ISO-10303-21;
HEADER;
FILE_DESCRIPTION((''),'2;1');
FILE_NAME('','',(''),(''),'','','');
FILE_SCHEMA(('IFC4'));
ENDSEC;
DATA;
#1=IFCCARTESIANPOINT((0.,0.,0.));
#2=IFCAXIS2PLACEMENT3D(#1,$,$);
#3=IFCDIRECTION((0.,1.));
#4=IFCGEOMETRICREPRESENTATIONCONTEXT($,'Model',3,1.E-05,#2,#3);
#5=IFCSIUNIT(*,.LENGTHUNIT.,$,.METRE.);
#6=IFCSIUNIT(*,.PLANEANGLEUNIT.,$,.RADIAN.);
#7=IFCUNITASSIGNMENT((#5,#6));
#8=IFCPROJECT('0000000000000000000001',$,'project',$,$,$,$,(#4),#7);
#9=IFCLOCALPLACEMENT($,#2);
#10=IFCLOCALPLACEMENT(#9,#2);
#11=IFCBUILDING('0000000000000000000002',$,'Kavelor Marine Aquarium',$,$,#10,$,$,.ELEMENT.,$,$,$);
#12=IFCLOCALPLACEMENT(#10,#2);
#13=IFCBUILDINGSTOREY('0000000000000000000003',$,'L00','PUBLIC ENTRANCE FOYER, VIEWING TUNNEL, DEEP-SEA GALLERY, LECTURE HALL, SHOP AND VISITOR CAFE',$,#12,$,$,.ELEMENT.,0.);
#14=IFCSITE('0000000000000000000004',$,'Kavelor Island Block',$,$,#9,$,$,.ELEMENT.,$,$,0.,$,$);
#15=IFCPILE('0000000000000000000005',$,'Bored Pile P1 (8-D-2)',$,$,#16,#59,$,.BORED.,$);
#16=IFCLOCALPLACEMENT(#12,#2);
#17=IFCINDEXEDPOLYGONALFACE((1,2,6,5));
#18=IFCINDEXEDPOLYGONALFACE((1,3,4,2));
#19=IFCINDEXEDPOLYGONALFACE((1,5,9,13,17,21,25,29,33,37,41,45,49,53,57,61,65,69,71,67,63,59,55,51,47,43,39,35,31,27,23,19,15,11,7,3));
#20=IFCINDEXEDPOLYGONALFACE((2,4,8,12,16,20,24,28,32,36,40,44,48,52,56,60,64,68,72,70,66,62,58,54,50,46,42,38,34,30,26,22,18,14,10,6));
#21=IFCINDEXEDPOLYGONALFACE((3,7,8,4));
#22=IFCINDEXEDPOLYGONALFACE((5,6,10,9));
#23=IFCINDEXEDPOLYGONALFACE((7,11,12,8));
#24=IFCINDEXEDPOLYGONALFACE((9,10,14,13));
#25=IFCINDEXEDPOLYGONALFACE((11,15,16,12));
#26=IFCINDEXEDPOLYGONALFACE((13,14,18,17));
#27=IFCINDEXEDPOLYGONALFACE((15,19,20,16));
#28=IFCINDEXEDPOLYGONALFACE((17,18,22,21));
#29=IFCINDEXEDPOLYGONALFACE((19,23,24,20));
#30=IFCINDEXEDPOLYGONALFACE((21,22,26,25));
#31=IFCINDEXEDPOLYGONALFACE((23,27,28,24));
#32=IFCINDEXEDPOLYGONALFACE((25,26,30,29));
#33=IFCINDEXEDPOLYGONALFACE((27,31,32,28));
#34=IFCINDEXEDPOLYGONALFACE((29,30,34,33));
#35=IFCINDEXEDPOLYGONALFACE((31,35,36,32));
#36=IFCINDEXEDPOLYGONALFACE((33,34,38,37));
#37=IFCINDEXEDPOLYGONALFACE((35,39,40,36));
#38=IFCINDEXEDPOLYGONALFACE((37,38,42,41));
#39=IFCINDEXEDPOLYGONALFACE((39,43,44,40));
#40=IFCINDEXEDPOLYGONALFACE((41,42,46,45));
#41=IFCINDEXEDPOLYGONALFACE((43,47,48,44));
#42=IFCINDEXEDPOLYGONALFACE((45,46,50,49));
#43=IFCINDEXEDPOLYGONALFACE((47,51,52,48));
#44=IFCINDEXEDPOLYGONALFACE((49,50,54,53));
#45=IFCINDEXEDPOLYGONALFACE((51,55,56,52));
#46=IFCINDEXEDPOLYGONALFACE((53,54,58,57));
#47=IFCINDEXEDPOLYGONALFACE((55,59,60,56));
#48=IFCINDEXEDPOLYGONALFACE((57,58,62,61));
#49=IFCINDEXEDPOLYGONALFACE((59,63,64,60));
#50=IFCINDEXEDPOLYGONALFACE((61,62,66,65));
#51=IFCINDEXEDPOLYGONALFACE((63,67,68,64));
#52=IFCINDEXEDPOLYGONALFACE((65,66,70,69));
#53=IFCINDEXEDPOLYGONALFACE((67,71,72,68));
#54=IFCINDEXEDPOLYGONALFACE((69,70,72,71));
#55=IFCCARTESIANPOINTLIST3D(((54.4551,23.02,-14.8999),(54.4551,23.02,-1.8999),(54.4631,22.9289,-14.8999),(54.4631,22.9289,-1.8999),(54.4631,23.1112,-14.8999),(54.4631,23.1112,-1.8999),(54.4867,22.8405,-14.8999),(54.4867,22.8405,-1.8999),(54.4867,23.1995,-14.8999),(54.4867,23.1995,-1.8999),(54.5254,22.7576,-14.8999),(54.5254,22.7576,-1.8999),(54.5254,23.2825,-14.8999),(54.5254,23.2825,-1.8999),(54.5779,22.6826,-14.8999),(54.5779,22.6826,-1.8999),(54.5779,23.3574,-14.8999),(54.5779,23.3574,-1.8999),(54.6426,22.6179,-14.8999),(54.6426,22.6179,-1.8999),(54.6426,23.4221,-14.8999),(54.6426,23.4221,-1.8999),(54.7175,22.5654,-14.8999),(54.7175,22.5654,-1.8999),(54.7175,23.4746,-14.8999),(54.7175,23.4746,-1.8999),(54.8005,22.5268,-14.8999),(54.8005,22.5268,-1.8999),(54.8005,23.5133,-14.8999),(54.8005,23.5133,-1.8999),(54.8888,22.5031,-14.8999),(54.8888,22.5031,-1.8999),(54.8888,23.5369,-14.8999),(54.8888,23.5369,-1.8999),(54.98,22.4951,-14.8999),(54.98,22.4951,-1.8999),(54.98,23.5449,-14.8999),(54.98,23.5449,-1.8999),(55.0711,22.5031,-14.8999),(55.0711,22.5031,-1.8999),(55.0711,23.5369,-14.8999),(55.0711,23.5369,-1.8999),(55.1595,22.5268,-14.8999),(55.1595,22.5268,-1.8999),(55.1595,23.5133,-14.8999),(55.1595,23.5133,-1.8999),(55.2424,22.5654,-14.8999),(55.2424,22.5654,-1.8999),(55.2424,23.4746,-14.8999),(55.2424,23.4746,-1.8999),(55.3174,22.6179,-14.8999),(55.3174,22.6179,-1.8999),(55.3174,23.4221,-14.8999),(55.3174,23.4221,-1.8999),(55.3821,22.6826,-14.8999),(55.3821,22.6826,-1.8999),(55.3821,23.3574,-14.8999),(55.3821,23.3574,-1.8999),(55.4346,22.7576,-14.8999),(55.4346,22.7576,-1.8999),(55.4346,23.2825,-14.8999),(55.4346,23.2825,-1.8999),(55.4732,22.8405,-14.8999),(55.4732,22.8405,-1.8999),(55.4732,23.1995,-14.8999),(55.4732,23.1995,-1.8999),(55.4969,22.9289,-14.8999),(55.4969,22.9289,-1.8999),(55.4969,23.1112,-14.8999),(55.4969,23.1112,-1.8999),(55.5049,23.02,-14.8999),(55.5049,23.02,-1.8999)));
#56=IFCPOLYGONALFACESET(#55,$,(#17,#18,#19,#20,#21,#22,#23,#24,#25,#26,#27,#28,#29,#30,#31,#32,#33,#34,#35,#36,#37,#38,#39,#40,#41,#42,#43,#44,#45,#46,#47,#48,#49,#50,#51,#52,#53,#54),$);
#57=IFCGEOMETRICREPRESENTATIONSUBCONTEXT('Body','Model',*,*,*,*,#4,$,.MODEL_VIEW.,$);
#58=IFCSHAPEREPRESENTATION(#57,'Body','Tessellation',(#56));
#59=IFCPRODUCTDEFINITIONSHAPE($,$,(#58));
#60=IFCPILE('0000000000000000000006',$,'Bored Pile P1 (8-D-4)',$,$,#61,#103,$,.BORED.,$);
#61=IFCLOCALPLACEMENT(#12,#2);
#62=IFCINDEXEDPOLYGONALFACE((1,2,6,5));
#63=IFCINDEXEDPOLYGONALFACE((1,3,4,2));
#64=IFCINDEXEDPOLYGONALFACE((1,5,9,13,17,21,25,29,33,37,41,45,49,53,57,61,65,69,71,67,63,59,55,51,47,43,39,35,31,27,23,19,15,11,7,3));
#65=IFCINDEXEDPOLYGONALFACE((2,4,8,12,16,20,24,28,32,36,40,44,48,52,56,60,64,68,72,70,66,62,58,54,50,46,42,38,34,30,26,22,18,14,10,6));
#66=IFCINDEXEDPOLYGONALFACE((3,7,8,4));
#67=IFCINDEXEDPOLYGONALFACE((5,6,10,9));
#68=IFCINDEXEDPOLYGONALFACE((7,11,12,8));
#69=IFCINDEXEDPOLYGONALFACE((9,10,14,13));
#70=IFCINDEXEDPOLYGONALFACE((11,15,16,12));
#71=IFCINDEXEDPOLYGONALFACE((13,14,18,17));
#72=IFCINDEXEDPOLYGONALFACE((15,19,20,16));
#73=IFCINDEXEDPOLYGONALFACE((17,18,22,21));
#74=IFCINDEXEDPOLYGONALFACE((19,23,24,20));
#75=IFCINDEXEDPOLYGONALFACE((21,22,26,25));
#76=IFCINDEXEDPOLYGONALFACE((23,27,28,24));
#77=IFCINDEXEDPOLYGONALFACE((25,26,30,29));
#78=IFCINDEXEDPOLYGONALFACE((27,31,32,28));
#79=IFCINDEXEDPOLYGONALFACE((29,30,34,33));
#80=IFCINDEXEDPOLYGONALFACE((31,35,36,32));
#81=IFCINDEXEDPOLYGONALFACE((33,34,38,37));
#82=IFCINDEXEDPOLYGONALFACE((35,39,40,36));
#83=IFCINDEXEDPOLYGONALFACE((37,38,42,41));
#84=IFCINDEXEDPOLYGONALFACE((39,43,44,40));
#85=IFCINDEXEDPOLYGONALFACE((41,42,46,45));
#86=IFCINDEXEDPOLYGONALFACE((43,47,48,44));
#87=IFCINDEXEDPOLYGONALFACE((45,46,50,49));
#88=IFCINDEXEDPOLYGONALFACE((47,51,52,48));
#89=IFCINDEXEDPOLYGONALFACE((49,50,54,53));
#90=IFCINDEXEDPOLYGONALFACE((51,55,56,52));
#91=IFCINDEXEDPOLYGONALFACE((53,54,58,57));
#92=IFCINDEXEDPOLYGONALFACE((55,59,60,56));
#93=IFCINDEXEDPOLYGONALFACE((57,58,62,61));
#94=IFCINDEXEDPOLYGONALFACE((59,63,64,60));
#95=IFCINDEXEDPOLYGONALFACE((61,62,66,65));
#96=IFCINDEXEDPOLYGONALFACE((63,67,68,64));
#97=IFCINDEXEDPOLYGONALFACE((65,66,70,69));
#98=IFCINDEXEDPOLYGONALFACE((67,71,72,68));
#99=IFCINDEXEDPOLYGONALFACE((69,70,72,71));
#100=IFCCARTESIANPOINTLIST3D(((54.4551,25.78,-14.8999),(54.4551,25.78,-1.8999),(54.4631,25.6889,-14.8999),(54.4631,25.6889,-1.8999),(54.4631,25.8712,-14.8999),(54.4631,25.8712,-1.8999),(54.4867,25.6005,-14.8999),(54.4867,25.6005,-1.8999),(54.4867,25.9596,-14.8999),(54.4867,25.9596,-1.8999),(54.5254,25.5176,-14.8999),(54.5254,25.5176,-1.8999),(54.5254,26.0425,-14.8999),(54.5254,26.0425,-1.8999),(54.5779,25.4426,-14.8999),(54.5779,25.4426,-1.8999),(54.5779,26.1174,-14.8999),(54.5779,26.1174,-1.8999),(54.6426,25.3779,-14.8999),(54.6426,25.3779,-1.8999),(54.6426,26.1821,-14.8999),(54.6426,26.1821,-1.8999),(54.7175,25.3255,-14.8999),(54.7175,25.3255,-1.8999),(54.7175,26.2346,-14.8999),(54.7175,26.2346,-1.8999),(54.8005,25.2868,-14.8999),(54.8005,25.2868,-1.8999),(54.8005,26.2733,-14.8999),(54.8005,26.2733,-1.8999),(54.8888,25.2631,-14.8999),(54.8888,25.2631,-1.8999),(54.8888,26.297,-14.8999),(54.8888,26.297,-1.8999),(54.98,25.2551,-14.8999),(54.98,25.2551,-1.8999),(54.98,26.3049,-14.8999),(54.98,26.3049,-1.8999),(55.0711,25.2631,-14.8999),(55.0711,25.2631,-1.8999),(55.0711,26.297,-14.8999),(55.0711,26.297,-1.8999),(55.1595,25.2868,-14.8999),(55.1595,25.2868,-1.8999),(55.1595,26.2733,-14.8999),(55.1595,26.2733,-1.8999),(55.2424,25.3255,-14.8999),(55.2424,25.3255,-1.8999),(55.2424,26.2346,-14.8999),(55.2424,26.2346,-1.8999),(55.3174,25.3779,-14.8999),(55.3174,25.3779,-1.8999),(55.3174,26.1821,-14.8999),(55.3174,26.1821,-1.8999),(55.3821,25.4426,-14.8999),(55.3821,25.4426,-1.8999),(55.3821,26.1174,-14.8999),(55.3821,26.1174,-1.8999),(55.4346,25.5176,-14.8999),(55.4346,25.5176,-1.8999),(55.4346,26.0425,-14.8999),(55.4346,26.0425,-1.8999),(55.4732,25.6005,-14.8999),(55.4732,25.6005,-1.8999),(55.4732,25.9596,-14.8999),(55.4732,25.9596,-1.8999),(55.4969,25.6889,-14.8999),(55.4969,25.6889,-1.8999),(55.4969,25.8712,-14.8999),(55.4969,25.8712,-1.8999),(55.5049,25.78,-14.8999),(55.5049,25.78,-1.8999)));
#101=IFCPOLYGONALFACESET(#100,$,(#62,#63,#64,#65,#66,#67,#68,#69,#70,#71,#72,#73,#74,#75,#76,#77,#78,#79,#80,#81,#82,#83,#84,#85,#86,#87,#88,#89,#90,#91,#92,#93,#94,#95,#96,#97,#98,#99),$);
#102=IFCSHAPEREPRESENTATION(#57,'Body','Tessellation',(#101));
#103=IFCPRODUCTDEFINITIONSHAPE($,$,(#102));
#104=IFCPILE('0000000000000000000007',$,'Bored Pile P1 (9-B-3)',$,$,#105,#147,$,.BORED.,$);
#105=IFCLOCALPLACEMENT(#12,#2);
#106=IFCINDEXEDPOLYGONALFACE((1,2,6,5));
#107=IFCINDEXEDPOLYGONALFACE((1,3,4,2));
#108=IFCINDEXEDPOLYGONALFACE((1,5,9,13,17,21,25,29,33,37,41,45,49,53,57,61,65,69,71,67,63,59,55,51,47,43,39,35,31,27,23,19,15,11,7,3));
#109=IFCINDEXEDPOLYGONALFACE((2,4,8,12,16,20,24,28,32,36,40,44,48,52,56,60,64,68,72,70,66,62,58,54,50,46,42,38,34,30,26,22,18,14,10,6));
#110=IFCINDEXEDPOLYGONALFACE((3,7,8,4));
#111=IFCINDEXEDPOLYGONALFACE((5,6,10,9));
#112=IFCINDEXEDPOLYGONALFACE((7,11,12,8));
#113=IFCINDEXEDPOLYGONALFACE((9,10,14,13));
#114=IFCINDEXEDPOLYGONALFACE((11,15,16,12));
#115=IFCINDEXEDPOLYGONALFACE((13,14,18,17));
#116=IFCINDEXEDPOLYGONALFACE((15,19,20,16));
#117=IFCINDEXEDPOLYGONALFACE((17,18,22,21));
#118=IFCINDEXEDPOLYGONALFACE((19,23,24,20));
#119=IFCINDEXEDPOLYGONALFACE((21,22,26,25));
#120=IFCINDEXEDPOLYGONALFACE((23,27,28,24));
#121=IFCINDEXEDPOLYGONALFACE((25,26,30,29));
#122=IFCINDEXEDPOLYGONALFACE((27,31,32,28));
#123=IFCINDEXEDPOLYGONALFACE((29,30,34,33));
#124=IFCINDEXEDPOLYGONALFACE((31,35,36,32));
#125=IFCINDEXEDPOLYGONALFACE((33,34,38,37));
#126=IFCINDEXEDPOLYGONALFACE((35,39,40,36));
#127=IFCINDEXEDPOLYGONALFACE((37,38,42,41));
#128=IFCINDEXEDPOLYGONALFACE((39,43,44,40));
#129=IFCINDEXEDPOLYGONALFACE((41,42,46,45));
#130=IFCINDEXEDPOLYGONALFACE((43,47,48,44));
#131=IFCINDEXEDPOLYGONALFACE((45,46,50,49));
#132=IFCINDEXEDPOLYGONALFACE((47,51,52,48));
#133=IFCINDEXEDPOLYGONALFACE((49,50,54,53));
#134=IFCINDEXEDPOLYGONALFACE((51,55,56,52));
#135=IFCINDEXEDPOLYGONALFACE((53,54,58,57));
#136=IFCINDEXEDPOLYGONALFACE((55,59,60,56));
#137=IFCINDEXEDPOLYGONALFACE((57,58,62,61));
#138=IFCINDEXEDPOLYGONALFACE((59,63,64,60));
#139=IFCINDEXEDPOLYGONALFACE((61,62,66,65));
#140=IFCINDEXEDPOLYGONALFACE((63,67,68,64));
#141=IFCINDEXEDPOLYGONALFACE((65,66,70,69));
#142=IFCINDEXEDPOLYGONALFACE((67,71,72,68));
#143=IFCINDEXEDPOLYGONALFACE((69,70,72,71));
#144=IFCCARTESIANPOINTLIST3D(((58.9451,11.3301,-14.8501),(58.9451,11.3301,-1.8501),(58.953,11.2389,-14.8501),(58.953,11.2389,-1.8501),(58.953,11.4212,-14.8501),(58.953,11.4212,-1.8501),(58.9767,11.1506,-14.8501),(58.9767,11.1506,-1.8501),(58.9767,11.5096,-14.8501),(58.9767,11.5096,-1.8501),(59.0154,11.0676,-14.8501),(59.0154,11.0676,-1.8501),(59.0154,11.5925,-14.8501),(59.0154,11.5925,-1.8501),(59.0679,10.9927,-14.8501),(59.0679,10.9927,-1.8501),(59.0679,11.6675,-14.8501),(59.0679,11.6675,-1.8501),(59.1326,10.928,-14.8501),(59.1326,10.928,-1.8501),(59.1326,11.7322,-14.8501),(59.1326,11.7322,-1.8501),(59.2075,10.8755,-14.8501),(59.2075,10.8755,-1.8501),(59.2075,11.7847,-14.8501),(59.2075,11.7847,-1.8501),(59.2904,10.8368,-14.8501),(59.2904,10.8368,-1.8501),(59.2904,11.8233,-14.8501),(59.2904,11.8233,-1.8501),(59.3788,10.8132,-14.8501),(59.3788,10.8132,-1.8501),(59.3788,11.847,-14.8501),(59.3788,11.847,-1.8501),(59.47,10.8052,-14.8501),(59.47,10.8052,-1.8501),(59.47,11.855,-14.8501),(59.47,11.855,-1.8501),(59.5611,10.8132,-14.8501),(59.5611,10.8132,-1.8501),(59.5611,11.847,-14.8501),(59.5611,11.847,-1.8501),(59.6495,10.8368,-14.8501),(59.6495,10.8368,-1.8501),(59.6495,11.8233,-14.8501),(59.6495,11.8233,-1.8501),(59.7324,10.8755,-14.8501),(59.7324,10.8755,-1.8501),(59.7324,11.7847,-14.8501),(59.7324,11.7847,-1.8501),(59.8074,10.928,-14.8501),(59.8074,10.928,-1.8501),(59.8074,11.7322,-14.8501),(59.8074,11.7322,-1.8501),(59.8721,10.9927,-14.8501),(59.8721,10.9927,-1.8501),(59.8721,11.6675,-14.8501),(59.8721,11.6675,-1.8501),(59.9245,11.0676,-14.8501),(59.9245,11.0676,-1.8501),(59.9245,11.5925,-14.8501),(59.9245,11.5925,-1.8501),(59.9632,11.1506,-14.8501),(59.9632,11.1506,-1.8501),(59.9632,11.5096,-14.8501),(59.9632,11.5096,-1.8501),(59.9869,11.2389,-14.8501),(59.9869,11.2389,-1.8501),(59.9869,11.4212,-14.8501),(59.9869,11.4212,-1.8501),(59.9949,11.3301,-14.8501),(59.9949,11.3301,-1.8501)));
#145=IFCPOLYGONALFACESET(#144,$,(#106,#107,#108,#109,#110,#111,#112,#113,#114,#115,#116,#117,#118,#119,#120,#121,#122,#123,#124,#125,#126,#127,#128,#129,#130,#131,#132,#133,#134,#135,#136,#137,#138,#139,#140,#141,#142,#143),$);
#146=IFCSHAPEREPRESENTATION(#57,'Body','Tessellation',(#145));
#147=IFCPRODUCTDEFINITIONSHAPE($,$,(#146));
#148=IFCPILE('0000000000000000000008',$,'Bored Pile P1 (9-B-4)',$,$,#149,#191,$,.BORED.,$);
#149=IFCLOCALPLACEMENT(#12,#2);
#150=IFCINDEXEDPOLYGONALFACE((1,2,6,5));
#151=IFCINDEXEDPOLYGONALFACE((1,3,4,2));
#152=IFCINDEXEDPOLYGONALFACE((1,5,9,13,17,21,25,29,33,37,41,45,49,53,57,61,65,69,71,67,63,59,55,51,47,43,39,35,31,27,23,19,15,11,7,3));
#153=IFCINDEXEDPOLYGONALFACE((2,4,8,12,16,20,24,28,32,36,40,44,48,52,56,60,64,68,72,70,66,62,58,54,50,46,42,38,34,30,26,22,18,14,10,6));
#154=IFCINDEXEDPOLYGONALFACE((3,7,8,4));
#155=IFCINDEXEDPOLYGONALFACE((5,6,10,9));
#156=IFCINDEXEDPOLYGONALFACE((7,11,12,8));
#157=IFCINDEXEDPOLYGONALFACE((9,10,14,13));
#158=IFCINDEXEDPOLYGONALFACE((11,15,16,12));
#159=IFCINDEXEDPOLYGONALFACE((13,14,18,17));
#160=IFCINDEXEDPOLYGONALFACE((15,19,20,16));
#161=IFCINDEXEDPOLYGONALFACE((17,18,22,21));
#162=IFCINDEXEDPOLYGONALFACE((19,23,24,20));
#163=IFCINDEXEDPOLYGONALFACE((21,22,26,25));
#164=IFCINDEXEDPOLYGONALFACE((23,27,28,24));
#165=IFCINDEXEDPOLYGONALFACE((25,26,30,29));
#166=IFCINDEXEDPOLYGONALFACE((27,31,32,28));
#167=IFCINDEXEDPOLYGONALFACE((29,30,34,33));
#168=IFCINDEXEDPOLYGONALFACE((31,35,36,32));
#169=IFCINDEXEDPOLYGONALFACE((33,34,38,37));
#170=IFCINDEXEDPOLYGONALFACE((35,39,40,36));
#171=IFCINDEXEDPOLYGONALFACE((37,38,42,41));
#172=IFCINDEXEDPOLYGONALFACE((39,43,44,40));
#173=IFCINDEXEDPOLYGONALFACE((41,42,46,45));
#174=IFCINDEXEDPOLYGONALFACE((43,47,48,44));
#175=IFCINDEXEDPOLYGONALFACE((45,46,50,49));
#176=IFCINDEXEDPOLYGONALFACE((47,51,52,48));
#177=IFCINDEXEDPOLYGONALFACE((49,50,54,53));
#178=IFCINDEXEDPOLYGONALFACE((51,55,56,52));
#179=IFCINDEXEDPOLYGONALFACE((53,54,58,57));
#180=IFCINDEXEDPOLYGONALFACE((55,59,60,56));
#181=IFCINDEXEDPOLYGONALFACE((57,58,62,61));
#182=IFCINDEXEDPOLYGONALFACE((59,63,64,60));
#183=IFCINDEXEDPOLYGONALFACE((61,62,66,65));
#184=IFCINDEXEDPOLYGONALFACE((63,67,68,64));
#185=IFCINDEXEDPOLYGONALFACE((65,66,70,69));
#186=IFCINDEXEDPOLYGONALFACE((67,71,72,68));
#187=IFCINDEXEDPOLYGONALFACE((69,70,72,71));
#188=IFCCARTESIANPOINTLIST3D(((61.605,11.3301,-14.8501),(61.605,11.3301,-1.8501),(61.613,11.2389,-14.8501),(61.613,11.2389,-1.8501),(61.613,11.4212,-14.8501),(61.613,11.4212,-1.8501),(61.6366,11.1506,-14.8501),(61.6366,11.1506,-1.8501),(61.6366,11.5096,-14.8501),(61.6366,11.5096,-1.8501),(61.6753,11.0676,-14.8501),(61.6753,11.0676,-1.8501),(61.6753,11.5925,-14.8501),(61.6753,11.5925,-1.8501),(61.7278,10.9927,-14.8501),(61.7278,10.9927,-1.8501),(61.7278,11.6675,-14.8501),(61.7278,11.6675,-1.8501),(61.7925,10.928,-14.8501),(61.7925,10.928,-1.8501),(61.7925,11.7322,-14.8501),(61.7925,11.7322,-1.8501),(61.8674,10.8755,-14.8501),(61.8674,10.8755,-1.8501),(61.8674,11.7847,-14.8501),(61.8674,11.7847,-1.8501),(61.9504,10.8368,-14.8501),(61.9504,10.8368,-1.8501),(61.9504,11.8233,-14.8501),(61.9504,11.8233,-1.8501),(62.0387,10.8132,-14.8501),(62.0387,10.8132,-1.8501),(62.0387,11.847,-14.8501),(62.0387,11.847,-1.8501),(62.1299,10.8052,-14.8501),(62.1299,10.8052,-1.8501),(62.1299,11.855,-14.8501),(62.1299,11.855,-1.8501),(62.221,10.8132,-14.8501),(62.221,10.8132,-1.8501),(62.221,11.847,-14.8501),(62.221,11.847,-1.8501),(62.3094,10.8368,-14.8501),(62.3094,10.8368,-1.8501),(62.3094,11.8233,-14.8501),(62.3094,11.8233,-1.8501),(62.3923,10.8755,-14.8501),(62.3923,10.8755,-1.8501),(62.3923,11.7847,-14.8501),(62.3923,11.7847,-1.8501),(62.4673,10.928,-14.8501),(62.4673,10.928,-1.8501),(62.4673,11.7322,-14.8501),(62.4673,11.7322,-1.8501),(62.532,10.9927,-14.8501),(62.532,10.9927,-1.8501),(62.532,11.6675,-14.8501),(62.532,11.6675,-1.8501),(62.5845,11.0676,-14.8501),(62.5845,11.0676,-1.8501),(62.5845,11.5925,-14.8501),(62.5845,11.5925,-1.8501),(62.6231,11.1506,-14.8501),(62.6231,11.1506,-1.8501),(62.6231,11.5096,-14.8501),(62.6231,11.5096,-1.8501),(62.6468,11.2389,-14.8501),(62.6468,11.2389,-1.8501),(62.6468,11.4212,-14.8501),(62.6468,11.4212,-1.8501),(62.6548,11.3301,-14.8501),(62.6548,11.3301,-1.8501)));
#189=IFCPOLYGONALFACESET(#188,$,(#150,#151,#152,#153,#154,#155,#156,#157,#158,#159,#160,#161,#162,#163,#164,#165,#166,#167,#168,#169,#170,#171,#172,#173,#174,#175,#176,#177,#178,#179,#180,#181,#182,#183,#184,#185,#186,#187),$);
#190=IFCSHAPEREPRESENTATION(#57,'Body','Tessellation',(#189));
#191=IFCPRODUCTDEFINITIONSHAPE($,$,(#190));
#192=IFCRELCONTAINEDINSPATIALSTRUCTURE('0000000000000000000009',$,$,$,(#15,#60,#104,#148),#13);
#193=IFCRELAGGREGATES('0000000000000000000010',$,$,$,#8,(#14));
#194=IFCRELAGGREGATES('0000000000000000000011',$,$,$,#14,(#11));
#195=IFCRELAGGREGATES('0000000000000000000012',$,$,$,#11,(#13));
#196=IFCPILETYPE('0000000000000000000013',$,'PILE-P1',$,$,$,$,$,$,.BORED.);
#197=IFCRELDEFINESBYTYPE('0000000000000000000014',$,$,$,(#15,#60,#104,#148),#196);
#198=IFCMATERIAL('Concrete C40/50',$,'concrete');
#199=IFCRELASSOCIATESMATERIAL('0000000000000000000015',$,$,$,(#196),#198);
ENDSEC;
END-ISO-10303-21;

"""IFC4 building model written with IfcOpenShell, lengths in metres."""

from ifc_helpers import new_model, si_unit, direction, frame, origin, origin_2d, place, context, subcontext, project, spatial, circle, extrude, material, material_profile, profile_set, type_object, element, save


model = new_model("IFC4")

# Units and contexts
model_context = context("Model", 3, precision=1e-05, world=origin(), true_north=direction((0.0, 1.0)))
body_context = subcontext(model_context, "Body", "Model", "MODEL_VIEW")
ifc_project = project(units=[si_unit("LENGTHUNIT", "METRE"), si_unit("PLANEANGLEUNIT", "RADIAN")], contexts=[model_context])

# Site, building, storey
site_placement = place(None, origin())
site = spatial("IfcSite", under=ifc_project, at=site_placement, Name="Kavelor Island Block", CompositionType="ELEMENT", RefElevation=0.0)
building_placement = place(site_placement, origin())
building = spatial("IfcBuilding", under=site, at=building_placement, Name="Kavelor Marine Aquarium", CompositionType="ELEMENT")
storey_placement = place(building_placement, origin())
storey = spatial("IfcBuildingStorey", under=building, at=storey_placement, Name="L00", Description="PUBLIC ENTRANCE FOYER, VIEWING TUNNEL, DEEP-SEA GALLERY, LECTURE HALL, SHOP AND VISITOR CAFE", CompositionType="ELEMENT", Elevation=0.0)

# Piles
ifc_material_1 = material(Name="Concrete C40/50", Category="concrete")
ifc_material_profile_1 = material_profile(ifc_material_1, circle(Radius=0.5249, at=origin_2d()), Name="PILE D1050")
ifc_profile_set_1 = profile_set([ifc_material_profile_1], Name="Concrete C40/50")
pile_type = type_object("IfcPileType", Name="PILE-P1", PredefinedType="BORED", material=ifc_profile_set_1)
for number, where, z_axis, x_axis, name in (
    (1, (54.98, 23.02, -1.8999), (0.0, 0.0, -1.0), (1.0, 0.0, 0.0), "Bored Pile P1 (8-D-2)"),
    (2, (54.98, 25.78, -1.8999), (0.0, 0.0, -1.0), (1.0, 0.0, 0.0), "Bored Pile P1 (8-D-4)"),
    (3, (59.47, 11.3301, -1.8501), (0.0, 0.0, -1.0), (1.0, 0.0, 0.0), "Bored Pile P1 (9-B-3)"),
    (4, (62.1299, 11.3301, -1.8501), (0.0, 0.0, -1.0), (1.0, 0.0, 0.0), "Bored Pile P1 (9-B-4)"),
):
    element("IfcPile", number, at=place(storey_placement, frame(where, z_axis=z_axis, x_axis=x_axis)), inside=storey, type_object=pile_type, Name=name, PredefinedType="BORED", context=body_context, shape_type="SweptSolid", body=[
        extrude(circle(Radius=0.5249, at=origin_2d()), origin(), (0.0, 0.0, 1.0), 13.0),
    ])

save(model, "model.ifc")
